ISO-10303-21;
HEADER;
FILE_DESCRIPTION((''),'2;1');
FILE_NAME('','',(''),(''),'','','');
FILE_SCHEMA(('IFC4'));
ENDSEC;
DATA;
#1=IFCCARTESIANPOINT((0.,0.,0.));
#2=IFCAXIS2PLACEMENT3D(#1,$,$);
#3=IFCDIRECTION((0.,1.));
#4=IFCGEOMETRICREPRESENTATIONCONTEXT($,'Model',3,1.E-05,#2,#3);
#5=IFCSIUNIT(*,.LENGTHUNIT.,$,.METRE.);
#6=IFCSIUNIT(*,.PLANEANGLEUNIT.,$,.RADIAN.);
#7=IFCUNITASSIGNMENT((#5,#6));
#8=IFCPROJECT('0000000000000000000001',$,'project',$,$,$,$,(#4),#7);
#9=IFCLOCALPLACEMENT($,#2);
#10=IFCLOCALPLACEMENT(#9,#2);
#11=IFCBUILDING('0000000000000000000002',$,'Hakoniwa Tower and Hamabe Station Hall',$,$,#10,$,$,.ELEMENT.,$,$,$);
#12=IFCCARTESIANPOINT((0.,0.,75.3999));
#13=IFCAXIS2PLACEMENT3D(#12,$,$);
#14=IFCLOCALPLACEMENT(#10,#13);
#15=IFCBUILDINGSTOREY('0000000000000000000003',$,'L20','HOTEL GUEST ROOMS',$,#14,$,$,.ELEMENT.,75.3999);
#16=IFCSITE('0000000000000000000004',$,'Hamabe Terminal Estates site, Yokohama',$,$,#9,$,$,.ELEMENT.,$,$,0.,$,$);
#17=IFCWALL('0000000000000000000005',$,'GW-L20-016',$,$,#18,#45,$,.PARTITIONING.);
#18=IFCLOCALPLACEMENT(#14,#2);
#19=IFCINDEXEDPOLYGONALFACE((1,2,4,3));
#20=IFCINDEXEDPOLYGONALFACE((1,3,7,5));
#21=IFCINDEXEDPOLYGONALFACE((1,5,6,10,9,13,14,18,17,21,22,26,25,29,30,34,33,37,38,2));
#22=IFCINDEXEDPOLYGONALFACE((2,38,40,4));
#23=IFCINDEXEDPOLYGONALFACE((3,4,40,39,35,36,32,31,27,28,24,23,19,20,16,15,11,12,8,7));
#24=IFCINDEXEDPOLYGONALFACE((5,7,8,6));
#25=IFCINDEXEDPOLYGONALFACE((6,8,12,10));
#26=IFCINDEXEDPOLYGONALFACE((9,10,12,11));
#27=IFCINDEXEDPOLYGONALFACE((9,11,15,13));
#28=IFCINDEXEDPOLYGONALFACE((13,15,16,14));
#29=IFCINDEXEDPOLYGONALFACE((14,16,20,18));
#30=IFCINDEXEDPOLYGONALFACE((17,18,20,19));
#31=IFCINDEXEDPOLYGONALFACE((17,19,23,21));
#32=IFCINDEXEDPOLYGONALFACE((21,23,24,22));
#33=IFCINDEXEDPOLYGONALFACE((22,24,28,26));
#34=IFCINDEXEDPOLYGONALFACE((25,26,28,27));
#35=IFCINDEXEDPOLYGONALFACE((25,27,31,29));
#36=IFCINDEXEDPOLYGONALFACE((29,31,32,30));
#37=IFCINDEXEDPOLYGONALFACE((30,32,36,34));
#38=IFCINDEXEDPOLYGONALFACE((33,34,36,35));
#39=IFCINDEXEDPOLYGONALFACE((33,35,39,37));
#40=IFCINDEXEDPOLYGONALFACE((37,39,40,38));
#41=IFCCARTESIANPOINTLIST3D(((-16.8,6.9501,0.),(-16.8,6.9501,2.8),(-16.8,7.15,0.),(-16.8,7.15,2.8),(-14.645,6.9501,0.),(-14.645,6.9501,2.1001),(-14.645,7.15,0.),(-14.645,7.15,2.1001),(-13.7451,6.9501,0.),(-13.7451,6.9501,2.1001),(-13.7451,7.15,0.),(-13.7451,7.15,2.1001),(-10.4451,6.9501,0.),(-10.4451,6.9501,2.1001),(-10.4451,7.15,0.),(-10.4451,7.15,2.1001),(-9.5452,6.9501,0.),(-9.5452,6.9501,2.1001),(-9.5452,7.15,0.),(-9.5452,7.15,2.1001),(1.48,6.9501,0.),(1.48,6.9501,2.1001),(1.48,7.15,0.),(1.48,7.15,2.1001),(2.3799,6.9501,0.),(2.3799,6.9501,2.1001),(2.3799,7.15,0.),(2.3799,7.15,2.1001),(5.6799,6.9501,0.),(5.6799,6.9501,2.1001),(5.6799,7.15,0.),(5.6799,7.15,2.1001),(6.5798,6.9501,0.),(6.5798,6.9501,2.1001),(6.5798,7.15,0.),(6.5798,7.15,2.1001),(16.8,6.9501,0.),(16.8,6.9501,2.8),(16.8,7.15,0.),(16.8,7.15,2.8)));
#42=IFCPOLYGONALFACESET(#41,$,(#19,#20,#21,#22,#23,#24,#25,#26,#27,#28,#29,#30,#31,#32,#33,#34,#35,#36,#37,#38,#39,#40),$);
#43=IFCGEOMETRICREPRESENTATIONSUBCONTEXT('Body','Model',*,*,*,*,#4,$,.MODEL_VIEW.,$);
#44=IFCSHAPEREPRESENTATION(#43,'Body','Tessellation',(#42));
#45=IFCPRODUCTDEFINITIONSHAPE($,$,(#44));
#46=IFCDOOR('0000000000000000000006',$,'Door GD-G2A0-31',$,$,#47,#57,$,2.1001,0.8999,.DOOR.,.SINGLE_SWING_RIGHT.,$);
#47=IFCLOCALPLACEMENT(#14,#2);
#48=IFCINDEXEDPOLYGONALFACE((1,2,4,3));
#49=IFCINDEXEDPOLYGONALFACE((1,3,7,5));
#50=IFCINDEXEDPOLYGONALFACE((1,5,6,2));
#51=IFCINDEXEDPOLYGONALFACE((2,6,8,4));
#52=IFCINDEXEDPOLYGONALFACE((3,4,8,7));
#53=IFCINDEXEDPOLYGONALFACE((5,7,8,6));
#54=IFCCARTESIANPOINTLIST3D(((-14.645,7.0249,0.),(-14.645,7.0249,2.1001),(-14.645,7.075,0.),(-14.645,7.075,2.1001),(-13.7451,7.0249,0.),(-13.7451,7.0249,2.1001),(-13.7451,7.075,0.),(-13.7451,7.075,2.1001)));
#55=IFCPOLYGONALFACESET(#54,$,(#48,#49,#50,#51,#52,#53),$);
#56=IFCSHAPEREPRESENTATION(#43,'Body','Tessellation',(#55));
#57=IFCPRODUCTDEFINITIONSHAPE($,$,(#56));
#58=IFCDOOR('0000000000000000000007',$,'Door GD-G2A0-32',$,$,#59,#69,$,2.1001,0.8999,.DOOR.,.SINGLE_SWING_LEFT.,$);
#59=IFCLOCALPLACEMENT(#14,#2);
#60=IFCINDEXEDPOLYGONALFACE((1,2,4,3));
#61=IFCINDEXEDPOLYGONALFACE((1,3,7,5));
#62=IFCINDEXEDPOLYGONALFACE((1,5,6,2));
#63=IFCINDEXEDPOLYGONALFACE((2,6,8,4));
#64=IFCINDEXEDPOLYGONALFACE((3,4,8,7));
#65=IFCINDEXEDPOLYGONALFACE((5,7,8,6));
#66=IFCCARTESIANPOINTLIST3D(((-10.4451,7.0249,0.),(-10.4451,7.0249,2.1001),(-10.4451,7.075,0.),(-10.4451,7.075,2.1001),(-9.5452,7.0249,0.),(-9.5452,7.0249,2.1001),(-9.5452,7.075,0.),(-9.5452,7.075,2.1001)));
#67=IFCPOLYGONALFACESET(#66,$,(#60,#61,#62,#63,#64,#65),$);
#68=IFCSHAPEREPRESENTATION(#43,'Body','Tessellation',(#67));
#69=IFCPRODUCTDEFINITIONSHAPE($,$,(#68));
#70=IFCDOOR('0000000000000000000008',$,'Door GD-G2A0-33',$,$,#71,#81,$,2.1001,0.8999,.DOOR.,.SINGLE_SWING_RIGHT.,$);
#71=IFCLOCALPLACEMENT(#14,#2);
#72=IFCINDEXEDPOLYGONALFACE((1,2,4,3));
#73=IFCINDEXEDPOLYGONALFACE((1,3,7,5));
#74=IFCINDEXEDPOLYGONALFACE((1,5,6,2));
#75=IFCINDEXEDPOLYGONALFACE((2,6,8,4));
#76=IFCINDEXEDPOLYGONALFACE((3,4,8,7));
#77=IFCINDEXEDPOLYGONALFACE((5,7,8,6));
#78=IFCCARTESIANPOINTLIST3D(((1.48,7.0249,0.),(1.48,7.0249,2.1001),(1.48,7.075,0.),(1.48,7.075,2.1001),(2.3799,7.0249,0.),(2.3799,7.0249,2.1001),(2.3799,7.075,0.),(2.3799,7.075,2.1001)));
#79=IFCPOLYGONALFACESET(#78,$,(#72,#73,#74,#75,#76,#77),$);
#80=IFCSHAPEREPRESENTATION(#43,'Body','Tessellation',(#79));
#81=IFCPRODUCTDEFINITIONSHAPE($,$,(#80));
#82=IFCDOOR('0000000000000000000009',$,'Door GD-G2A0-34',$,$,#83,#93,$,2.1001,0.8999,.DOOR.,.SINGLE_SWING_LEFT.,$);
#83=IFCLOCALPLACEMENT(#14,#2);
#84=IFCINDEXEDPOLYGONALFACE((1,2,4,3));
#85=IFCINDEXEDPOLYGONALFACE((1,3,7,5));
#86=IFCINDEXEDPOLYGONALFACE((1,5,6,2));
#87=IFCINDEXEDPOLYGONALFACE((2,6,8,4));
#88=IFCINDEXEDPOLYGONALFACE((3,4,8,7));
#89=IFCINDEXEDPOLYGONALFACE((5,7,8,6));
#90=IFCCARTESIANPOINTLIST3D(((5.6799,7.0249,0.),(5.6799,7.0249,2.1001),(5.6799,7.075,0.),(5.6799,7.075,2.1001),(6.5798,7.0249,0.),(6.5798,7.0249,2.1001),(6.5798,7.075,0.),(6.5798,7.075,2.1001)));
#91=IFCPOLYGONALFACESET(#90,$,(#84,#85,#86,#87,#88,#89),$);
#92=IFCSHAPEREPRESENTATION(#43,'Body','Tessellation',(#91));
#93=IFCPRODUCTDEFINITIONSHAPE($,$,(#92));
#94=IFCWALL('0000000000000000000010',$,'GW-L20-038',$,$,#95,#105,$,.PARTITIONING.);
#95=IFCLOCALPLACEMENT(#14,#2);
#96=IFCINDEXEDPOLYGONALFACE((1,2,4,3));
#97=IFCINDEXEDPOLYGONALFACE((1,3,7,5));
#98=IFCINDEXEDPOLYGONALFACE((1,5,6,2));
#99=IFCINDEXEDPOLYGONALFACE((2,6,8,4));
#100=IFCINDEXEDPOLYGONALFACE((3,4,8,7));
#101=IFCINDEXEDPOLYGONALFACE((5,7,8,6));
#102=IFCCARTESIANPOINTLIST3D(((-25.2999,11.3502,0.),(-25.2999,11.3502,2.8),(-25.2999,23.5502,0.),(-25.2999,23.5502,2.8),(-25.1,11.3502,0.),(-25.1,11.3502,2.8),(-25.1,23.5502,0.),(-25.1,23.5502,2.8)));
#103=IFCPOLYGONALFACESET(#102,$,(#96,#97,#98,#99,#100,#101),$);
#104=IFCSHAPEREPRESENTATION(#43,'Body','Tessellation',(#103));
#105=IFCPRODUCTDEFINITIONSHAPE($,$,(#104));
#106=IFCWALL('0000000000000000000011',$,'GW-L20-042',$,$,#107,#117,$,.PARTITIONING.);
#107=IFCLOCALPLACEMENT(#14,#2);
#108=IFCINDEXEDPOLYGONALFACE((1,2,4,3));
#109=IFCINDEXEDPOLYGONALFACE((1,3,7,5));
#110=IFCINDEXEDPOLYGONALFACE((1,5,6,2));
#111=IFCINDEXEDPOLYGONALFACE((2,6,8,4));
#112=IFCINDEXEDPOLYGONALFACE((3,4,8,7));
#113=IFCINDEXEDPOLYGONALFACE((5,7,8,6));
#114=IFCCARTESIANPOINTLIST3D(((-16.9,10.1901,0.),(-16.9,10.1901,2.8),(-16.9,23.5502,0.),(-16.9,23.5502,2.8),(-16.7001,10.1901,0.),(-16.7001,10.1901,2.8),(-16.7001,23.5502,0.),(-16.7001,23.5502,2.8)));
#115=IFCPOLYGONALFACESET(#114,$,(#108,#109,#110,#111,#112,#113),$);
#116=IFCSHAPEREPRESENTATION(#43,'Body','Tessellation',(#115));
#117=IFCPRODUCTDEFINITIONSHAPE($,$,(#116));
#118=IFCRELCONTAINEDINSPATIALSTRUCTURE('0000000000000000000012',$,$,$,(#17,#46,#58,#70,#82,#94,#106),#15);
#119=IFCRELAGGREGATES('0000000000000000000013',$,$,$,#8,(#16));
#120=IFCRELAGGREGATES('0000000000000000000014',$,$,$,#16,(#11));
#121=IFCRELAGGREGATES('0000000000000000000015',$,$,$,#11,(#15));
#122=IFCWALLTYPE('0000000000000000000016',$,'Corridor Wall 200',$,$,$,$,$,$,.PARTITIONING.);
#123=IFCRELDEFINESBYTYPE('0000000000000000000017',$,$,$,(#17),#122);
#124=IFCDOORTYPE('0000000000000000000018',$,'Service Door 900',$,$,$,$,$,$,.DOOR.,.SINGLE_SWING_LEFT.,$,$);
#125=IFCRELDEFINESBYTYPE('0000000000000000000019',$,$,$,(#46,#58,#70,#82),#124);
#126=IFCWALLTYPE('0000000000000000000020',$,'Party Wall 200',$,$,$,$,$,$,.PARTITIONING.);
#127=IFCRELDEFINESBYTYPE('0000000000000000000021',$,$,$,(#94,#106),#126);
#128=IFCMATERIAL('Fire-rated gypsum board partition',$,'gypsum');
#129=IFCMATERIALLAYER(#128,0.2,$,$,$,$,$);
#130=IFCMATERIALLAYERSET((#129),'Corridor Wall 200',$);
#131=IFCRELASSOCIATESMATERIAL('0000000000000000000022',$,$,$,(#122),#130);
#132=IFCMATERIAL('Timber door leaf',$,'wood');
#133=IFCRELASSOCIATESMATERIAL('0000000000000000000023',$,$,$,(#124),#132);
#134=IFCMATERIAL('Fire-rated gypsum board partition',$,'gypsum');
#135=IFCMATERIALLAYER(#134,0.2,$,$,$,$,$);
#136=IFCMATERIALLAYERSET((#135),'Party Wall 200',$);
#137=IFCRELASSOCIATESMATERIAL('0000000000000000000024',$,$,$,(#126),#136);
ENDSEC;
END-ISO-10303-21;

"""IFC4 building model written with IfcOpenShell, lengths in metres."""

from ifc_helpers import new_model, si_unit, direction, frame, frame_2d, origin, place, context, subcontext, project, spatial, rectangle, extrude, material, layer, layer_set, type_object, element, fill, save


model = new_model("IFC4")

# Units and contexts
model_context = context("Model", 3, precision=1e-05, world=origin(), true_north=direction((0.0, 1.0)))
body_context = subcontext(model_context, "Body", "Model", "MODEL_VIEW")
ifc_project = project(units=[si_unit("LENGTHUNIT", "METRE"), si_unit("PLANEANGLEUNIT", "RADIAN")], contexts=[model_context])

# Site, building, storey
site_placement = place(None, origin())
site = spatial("IfcSite", under=ifc_project, at=site_placement, Name="Hamabe Terminal Estates site, Yokohama", CompositionType="ELEMENT", RefElevation=0.0)
building_placement = place(site_placement, origin())
building = spatial("IfcBuilding", under=site, at=building_placement, Name="Hakoniwa Tower and Hamabe Station Hall", CompositionType="ELEMENT")
storey_placement = place(building_placement, frame((0.0, 0.0, 75.3999)))
storey = spatial("IfcBuildingStorey", under=building, at=storey_placement, Name="L20", Description="HOTEL GUEST ROOMS", CompositionType="ELEMENT", Elevation=75.3999)

# Wall, openings, doors
ifc_material_1 = material(Name="Fire-rated gypsum board partition", Category="gypsum")
ifc_layer_1 = layer(ifc_material_1, 0.2)
ifc_layer_set_1 = layer_set([ifc_layer_1], Name="Corridor Wall 200")
wall_type_1 = type_object("IfcWallType", Name="Corridor Wall 200", PredefinedType="PARTITIONING", material=ifc_layer_set_1)
ifc_material_2 = material(Name="Timber door leaf", Category="wood")
door_type_1 = type_object("IfcDoorType", Name="Service Door 900", OperationType="SINGLE_SWING_LEFT", PredefinedType="DOOR", material=ifc_material_2)
wall_1_placement = place(storey_placement, frame((-16.8, 7.05, 0.0), z_axis=(0.0, 0.0, 1.0), x_axis=(1.0, 0.0, 0.0)))
wall_1 = element("IfcWall", 1, at=wall_1_placement, inside=storey, type_object=wall_type_1, Name="GW-L20-016", PredefinedType="PARTITIONING", context=body_context, shape_type="SweptSolid", body=[
    extrude(rectangle(XDim=33.6001, YDim=0.2, at=frame_2d((16.8, 0.0))), origin(), (0.0, 0.0, 1.0), 2.8),
])
opening_1_placement = place(wall_1_placement, frame((2.155, 0.0, 0.0)))
opening_1 = element("IfcOpeningElement", 2, at=opening_1_placement, cuts=wall_1, PredefinedType="OPENING", context=body_context, shape_type="SweptSolid", body=[
    extrude(rectangle(XDim=0.8999, YDim=2.1001, at=frame_2d((0.45, 1.05))), frame((0.0, 0.1099, 0.0), z_axis=(0.0, -1.0, 0.0), x_axis=(1.0, 0.0, 0.0)), (0.0, 0.0, 1.0), 0.22),
])
opening_2_placement = place(wall_1_placement, frame((6.355, 0.0, 0.0)))
opening_2 = element("IfcOpeningElement", 3, at=opening_2_placement, cuts=wall_1, PredefinedType="OPENING", context=body_context, shape_type="SweptSolid", body=[
    extrude(rectangle(XDim=0.8999, YDim=2.1001, at=frame_2d((0.45, 1.05))), frame((0.0, 0.1099, 0.0), z_axis=(0.0, -1.0, 0.0), x_axis=(1.0, 0.0, 0.0)), (0.0, 0.0, 1.0), 0.22),
])
opening_3_placement = place(wall_1_placement, frame((18.28, 0.0, 0.0)))
opening_3 = element("IfcOpeningElement", 4, at=opening_3_placement, cuts=wall_1, PredefinedType="OPENING", context=body_context, shape_type="SweptSolid", body=[
    extrude(rectangle(XDim=0.8999, YDim=2.1001, at=frame_2d((0.45, 1.05))), frame((0.0, 0.1099, 0.0), z_axis=(0.0, -1.0, 0.0), x_axis=(1.0, 0.0, 0.0)), (0.0, 0.0, 1.0), 0.22),
])
opening_4_placement = place(wall_1_placement, frame((22.48, 0.0, 0.0)))
opening_4 = element("IfcOpeningElement", 5, at=opening_4_placement, cuts=wall_1, PredefinedType="OPENING", context=body_context, shape_type="SweptSolid", body=[
    extrude(rectangle(XDim=0.8999, YDim=2.1001, at=frame_2d((0.45, 1.05))), frame((0.0, 0.1099, 0.0), z_axis=(0.0, -1.0, 0.0), x_axis=(1.0, 0.0, 0.0)), (0.0, 0.0, 1.0), 0.22),
])
door_1_placement = place(opening_1_placement, origin())
door_1 = element("IfcDoor", 6, at=door_1_placement, inside=storey, type_object=door_type_1, Name="Door GD-G2A0-31", OperationType="SINGLE_SWING_RIGHT", OverallHeight=2.1001, OverallWidth=0.8999, PredefinedType="DOOR", context=body_context, shape_type="SweptSolid", body=[
    extrude(rectangle(XDim=0.8999, YDim=2.1001, at=frame_2d((0.45, 1.05))), frame((0.0, 0.0249, 0.0), z_axis=(0.0, -1.0, 0.0), x_axis=(1.0, 0.0, 0.0)), (0.0, 0.0, 1.0), 0.05),
])
fill(opening_1, door_1)
door_2_placement = place(opening_2_placement, origin())
door_2 = element("IfcDoor", 7, at=door_2_placement, inside=storey, type_object=door_type_1, Name="Door GD-G2A0-32", OperationType="SINGLE_SWING_LEFT", OverallHeight=2.1001, OverallWidth=0.8999, PredefinedType="DOOR", context=body_context, shape_type="SweptSolid", body=[
    extrude(rectangle(XDim=0.8999, YDim=2.1001, at=frame_2d((0.45, 1.05))), frame((0.0, 0.0249, 0.0), z_axis=(0.0, -1.0, 0.0), x_axis=(1.0, 0.0, 0.0)), (0.0, 0.0, 1.0), 0.05),
])
fill(opening_2, door_2)
door_3_placement = place(opening_3_placement, origin())
door_3 = element("IfcDoor", 8, at=door_3_placement, inside=storey, type_object=door_type_1, Name="Door GD-G2A0-33", OperationType="SINGLE_SWING_RIGHT", OverallHeight=2.1001, OverallWidth=0.8999, PredefinedType="DOOR", context=body_context, shape_type="SweptSolid", body=[
    extrude(rectangle(XDim=0.8999, YDim=2.1001, at=frame_2d((0.45, 1.05))), frame((0.0, 0.0249, 0.0), z_axis=(0.0, -1.0, 0.0), x_axis=(1.0, 0.0, 0.0)), (0.0, 0.0, 1.0), 0.05),
])
fill(opening_3, door_3)
door_4_placement = place(opening_4_placement, origin())
door_4 = element("IfcDoor", 9, at=door_4_placement, inside=storey, type_object=door_type_1, Name="Door GD-G2A0-34", OperationType="SINGLE_SWING_LEFT", OverallHeight=2.1001, OverallWidth=0.8999, PredefinedType="DOOR", context=body_context, shape_type="SweptSolid", body=[
    extrude(rectangle(XDim=0.8999, YDim=2.1001, at=frame_2d((0.45, 1.05))), frame((0.0, 0.0249, 0.0), z_axis=(0.0, -1.0, 0.0), x_axis=(1.0, 0.0, 0.0)), (0.0, 0.0, 1.0), 0.05),
])
fill(opening_4, door_4)

# Walls
ifc_material_3 = material(Name="Fire-rated gypsum board partition", Category="gypsum")
ifc_layer_2 = layer(ifc_material_3, 0.2)
ifc_layer_set_2 = layer_set([ifc_layer_2], Name="Party Wall 200")
wall_type_2 = type_object("IfcWallType", Name="Party Wall 200", PredefinedType="PARTITIONING", material=ifc_layer_set_2)
wall_2_placement = place(storey_placement, frame((-25.2, 11.3501, 0.0), z_axis=(0.0, 0.0, 1.0), x_axis=(0.0, 1.0, 0.0)))
element("IfcWall", 10, at=wall_2_placement, inside=storey, type_object=wall_type_2, Name="GW-L20-038", PredefinedType="PARTITIONING", context=body_context, shape_type="SweptSolid", body=[
    extrude(rectangle(XDim=12.2, YDim=0.2, at=frame_2d((6.1001, 0.0))), origin(), (0.0, 0.0, 1.0), 2.8),
])
wall_3_placement = place(storey_placement, frame((-16.8, 10.1899, 0.0), z_axis=(0.0, 0.0, 1.0), x_axis=(0.0, 1.0, 0.0)))
element("IfcWall", 11, at=wall_3_placement, inside=storey, type_object=wall_type_2, Name="GW-L20-042", PredefinedType="PARTITIONING", context=body_context, shape_type="SweptSolid", body=[
    extrude(rectangle(XDim=13.3601, YDim=0.2, at=frame_2d((6.6802, 0.0))), origin(), (0.0, 0.0, 1.0), 2.8),
])

save(model, "model.ifc")
